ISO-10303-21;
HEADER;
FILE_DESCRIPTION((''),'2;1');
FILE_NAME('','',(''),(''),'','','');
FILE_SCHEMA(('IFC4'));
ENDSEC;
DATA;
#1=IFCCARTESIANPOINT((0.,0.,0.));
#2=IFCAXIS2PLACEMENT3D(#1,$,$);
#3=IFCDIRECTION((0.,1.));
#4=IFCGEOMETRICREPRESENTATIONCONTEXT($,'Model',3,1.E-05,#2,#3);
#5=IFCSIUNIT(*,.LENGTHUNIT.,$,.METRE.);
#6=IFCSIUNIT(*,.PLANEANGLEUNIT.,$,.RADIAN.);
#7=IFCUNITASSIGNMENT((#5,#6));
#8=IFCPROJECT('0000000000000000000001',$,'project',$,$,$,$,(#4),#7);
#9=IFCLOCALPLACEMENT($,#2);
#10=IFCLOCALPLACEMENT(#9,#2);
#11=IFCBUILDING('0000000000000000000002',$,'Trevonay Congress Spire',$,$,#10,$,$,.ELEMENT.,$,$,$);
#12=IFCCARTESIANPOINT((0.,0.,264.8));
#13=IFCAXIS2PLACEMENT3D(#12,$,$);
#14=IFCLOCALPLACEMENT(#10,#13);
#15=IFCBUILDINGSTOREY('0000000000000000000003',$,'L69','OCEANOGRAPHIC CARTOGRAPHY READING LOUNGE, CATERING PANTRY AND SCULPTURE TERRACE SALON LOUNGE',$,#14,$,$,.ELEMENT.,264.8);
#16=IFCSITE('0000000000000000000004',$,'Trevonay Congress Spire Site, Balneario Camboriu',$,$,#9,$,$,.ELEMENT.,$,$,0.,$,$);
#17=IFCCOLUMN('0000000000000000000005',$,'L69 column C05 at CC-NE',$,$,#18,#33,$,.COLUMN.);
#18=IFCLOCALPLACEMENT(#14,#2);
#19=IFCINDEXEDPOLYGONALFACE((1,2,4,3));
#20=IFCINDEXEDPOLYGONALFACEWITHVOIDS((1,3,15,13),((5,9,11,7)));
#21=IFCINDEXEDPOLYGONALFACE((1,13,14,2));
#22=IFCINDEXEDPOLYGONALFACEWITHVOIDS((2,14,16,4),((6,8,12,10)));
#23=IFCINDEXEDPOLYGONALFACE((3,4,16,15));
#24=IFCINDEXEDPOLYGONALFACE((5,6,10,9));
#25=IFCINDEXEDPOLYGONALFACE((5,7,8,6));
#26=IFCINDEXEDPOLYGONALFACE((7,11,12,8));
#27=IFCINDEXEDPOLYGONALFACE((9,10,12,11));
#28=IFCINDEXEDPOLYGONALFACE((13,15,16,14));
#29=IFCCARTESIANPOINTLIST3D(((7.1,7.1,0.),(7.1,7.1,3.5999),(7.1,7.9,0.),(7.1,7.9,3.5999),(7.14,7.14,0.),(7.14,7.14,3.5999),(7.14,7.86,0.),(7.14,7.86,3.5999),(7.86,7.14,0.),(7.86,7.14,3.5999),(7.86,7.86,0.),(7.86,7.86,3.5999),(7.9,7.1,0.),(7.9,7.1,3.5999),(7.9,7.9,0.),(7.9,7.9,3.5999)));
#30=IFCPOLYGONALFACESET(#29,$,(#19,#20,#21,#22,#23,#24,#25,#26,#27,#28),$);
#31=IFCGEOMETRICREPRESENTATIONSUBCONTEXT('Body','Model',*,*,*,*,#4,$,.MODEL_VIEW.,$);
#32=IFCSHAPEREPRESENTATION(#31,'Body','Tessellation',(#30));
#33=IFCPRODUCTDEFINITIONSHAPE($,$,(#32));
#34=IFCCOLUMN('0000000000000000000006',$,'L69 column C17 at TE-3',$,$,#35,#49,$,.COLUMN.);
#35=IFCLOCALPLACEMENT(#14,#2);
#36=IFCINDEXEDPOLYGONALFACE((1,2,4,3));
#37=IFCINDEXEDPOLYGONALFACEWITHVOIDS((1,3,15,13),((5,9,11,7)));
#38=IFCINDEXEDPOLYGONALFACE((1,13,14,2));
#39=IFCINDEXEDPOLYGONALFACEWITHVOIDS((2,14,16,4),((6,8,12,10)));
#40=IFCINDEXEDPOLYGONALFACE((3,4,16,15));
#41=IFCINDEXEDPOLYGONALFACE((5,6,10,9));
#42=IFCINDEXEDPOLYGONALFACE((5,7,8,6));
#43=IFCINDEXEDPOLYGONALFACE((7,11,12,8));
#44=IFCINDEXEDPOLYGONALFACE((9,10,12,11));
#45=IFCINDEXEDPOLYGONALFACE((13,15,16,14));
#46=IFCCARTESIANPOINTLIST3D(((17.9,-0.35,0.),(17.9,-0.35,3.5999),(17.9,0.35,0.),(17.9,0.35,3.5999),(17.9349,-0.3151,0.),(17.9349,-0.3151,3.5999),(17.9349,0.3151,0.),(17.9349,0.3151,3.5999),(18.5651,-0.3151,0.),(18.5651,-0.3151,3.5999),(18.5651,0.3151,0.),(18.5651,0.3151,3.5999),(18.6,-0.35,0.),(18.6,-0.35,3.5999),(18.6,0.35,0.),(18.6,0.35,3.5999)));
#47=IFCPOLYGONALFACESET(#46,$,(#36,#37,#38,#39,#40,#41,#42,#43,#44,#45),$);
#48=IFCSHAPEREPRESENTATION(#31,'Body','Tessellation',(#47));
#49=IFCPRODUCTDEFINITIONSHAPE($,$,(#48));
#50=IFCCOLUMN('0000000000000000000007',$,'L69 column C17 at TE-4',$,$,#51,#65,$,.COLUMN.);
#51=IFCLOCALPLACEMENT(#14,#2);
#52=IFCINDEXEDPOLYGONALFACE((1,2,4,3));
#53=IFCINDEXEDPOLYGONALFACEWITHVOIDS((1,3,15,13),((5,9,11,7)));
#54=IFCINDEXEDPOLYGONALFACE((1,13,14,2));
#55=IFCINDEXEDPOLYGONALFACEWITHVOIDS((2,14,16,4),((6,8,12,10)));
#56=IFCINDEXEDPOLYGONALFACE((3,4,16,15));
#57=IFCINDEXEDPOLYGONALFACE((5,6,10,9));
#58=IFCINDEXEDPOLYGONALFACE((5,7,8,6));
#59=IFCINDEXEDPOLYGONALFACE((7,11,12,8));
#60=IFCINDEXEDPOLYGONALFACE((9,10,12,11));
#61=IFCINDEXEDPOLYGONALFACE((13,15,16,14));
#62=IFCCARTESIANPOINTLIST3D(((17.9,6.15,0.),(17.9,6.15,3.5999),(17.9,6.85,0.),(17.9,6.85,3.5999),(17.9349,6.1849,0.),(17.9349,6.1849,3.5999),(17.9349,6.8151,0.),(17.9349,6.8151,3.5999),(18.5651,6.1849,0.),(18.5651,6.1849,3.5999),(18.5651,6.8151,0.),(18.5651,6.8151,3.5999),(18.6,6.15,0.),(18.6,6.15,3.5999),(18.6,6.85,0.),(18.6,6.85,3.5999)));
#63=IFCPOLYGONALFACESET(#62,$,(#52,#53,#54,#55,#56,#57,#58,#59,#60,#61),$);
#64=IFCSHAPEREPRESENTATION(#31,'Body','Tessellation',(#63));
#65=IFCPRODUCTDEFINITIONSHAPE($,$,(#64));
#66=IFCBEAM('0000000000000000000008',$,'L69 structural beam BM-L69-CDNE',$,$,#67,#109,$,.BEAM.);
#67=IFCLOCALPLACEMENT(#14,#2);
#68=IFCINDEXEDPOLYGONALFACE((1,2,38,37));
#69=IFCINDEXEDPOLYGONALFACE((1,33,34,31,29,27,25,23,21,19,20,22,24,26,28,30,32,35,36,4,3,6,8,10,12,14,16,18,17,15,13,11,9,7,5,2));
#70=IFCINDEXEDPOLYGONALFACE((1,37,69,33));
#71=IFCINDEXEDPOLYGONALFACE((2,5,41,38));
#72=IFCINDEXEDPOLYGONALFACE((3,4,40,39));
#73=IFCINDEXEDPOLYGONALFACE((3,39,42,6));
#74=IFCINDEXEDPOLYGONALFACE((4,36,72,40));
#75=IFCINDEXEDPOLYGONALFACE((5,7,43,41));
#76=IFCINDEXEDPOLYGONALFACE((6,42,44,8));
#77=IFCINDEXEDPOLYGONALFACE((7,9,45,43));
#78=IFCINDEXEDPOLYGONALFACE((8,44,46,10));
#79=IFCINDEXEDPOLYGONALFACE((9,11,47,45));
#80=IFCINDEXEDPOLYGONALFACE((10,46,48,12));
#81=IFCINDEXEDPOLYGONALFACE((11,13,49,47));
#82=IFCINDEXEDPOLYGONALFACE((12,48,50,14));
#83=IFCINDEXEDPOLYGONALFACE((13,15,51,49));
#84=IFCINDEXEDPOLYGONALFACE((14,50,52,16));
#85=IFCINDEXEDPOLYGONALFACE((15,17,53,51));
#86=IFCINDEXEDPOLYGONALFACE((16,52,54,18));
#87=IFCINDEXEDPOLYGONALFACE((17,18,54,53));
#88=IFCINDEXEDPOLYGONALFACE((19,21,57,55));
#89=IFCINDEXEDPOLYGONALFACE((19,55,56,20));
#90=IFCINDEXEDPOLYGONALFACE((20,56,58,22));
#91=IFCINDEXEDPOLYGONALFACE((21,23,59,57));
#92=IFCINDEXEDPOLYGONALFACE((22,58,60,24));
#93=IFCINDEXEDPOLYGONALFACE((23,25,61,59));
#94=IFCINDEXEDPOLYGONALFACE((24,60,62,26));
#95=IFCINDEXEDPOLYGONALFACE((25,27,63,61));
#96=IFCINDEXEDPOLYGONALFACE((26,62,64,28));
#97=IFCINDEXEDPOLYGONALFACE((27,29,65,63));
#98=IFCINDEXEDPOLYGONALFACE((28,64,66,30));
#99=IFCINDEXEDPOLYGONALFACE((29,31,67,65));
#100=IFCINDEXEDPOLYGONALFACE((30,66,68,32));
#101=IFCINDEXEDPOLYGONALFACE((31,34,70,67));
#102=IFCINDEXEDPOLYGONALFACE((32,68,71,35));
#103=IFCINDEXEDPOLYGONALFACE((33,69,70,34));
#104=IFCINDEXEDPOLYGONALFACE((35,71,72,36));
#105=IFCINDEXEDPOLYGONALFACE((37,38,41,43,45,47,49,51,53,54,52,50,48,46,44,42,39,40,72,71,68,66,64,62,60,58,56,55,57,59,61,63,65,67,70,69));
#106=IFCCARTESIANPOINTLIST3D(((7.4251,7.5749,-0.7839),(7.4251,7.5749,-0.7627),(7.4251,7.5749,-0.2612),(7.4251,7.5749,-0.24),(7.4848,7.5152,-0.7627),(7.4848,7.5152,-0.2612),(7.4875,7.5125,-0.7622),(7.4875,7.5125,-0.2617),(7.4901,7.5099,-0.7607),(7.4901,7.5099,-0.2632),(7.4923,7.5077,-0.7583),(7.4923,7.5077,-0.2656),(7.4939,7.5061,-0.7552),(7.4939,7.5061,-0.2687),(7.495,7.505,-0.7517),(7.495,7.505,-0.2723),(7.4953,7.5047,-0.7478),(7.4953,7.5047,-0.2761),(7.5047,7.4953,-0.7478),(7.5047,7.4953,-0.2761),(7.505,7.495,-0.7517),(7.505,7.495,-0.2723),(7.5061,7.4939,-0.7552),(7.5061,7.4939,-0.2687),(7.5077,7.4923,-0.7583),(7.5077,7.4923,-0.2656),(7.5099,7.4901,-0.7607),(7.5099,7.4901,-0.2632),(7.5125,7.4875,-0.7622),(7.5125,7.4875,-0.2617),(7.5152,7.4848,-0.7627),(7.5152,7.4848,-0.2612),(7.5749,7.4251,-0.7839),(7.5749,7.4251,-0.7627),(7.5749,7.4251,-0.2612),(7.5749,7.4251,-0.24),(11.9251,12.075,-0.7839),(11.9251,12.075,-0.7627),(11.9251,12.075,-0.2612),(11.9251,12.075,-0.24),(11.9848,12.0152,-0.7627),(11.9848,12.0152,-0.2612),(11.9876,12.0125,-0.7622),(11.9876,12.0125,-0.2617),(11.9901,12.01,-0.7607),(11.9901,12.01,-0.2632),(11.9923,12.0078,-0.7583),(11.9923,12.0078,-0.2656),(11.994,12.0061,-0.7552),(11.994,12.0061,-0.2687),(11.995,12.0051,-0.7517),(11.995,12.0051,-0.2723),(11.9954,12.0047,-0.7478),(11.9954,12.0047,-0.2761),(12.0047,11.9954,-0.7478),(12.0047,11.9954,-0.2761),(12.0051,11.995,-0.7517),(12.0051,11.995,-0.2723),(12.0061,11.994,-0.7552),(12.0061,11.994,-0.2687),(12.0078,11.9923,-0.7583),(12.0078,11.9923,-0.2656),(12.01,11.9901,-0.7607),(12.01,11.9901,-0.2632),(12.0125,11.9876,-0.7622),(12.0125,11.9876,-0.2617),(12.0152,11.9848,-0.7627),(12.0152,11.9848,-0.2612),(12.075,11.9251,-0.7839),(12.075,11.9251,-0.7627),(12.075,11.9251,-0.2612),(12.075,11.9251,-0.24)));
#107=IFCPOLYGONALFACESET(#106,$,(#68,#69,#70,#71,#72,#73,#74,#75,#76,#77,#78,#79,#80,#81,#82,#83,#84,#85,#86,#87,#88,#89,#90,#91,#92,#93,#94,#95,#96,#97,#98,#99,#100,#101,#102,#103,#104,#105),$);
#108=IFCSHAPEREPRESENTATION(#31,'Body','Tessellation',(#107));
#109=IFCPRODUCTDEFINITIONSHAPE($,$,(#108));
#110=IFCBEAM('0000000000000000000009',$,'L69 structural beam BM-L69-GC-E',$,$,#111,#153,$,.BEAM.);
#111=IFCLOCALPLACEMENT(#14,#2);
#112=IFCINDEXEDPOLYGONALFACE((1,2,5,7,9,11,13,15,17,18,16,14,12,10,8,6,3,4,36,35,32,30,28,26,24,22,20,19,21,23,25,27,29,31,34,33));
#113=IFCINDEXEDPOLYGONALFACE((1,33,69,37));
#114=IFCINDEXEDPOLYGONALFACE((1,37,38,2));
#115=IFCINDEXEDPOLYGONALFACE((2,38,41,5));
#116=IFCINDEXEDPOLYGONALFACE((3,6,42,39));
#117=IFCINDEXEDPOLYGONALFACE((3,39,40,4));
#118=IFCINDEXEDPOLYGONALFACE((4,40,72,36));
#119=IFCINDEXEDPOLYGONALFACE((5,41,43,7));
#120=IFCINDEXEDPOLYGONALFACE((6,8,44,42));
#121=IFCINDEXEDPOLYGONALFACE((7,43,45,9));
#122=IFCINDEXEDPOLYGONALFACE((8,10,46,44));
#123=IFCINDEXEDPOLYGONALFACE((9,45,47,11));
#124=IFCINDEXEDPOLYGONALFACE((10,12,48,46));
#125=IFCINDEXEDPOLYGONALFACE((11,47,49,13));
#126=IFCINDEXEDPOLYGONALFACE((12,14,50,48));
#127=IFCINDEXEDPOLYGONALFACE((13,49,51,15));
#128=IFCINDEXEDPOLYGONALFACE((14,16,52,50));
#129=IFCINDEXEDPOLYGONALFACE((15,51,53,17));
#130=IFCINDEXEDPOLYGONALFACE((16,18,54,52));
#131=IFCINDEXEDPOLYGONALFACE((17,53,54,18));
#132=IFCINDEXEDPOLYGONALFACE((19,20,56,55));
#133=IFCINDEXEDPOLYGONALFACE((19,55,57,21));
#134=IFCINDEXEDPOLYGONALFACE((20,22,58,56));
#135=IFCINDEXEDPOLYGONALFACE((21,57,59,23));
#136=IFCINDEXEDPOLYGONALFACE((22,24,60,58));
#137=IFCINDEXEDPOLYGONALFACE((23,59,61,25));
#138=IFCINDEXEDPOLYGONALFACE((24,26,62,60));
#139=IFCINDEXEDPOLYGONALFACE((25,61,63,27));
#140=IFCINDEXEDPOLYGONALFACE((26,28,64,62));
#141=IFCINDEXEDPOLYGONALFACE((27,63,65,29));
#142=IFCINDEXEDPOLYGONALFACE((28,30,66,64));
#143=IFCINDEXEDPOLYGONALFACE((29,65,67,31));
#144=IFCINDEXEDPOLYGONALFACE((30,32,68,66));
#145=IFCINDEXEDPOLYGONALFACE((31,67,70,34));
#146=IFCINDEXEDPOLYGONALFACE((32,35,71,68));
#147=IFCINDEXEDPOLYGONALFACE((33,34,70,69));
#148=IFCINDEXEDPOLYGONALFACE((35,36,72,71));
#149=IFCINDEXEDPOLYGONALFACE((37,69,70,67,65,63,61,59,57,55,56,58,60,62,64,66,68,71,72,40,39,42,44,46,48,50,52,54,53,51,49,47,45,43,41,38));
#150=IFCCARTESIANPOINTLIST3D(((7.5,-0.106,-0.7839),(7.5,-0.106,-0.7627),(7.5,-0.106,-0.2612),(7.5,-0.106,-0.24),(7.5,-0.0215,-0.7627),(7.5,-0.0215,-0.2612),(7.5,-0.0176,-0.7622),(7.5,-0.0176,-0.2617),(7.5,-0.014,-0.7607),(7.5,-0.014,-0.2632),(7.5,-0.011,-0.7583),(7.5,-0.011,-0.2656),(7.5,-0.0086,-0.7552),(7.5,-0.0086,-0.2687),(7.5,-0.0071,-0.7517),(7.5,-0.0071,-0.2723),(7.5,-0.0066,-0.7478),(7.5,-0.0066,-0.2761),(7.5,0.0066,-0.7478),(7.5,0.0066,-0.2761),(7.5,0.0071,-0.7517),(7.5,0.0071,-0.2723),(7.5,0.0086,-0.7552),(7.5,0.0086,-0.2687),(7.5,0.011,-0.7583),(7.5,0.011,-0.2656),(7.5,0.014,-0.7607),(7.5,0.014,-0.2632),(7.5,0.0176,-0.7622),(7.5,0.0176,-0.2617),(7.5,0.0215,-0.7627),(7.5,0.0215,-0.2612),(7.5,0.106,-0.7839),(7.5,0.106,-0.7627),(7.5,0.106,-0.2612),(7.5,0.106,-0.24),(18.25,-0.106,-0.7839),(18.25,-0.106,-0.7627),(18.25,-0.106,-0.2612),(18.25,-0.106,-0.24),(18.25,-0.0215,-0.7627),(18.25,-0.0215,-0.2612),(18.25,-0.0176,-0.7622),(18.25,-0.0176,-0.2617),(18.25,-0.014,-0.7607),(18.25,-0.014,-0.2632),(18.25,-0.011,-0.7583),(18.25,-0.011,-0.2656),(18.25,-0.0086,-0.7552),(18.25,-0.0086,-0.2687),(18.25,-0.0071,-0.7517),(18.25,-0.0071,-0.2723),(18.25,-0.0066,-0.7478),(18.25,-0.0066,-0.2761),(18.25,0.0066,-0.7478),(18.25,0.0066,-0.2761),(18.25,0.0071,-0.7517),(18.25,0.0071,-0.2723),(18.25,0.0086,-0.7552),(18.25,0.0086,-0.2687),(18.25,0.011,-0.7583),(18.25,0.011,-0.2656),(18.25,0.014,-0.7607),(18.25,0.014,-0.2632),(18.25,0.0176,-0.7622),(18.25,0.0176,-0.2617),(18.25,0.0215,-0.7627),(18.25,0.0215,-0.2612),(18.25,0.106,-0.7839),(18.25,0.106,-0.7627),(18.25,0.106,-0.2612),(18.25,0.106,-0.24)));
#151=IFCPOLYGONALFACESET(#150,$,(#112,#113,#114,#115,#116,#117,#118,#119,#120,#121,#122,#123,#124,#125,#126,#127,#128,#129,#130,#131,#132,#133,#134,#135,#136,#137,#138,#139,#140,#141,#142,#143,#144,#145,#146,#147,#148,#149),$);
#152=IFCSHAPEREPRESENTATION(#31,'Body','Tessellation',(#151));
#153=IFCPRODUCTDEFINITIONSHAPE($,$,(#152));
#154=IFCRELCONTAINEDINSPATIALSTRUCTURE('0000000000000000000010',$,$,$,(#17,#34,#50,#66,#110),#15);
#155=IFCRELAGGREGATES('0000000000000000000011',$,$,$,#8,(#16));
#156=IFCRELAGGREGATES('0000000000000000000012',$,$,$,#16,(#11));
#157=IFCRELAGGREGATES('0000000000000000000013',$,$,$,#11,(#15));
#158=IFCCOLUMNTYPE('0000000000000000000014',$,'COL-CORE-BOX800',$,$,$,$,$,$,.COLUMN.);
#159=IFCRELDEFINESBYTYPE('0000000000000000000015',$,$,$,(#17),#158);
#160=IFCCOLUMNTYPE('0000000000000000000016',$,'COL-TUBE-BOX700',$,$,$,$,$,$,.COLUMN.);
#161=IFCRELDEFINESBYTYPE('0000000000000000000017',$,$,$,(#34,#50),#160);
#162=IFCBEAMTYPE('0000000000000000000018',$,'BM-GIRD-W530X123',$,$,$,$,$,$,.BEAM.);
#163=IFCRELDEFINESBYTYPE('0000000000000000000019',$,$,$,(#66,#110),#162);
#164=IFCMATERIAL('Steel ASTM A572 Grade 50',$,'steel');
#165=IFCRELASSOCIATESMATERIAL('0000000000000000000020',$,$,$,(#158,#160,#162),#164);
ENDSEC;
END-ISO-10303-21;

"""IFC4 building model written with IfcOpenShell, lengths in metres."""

from ifc_helpers import new_model, si_unit, direction, frame, origin, origin_2d, place, context, subcontext, project, spatial, hollow_rectangle, i_section, extrude, material, material_profile, profile_set, type_object, element, save


model = new_model("IFC4")

# Units and contexts
model_context = context("Model", 3, precision=1e-05, world=origin(), true_north=direction((0.0, 1.0)))
body_context = subcontext(model_context, "Body", "Model", "MODEL_VIEW")
ifc_project = project(units=[si_unit("LENGTHUNIT", "METRE"), si_unit("PLANEANGLEUNIT", "RADIAN")], contexts=[model_context])

# Site, building, storey
site_placement = place(None, origin())
site = spatial("IfcSite", under=ifc_project, at=site_placement, Name="Trevonay Congress Spire Site, Balneario Camboriu", CompositionType="ELEMENT", RefElevation=0.0)
building_placement = place(site_placement, origin())
building = spatial("IfcBuilding", under=site, at=building_placement, Name="Trevonay Congress Spire", CompositionType="ELEMENT")
storey_placement = place(building_placement, frame((0.0, 0.0, 264.8)))
storey = spatial("IfcBuildingStorey", under=building, at=storey_placement, Name="L69", Description="OCEANOGRAPHIC CARTOGRAPHY READING LOUNGE, CATERING PANTRY AND SCULPTURE TERRACE SALON LOUNGE", CompositionType="ELEMENT", Elevation=264.8)

# Columns
ifc_material_1 = material(Name="Steel ASTM A572 Grade 50", Category="steel")
ifc_material_profile_1 = material_profile(ifc_material_1, hollow_rectangle(XDim=0.8, YDim=0.8, WallThickness=0.04, at=origin_2d()), Name="BOX 800x800x40")
ifc_profile_set_1 = profile_set([ifc_material_profile_1], Name="Steel ASTM A572 Grade 50")
column_type_1 = type_object("IfcColumnType", Name="COL-CORE-BOX800", PredefinedType="COLUMN", material=ifc_profile_set_1)
column_placement = place(storey_placement, frame((7.5, 7.5, 0.0), z_axis=(0.0, 0.0, 1.0), x_axis=(1.0, 0.0, 0.0)))
element("IfcColumn", 1, at=column_placement, inside=storey, type_object=column_type_1, Name="L69 column C05 at CC-NE", PredefinedType="COLUMN", context=body_context, shape_type="SweptSolid", body=[
    extrude(hollow_rectangle(XDim=0.8, YDim=0.8, WallThickness=0.04, at=origin_2d()), origin(), (0.0, 0.0, 1.0), 3.5999),
])
ifc_material_profile_2 = material_profile(ifc_material_1, hollow_rectangle(XDim=0.7, YDim=0.7, WallThickness=0.0349, at=origin_2d()), Name="BOX 700x700x35")
ifc_profile_set_2 = profile_set([ifc_material_profile_2], Name="Steel ASTM A572 Grade 50")
column_type_2 = type_object("IfcColumnType", Name="COL-TUBE-BOX700", PredefinedType="COLUMN", material=ifc_profile_set_2)
for number, where, z_axis, x_axis, name in (
    (2, (18.25, 0.0, 0.0), (0.0, 0.0, 1.0), (1.0, 0.0, 0.0), "L69 column C17 at TE-3"),
    (3, (18.25, 6.5, 0.0), (0.0, 0.0, 1.0), (1.0, 0.0, 0.0), "L69 column C17 at TE-4"),
):
    element("IfcColumn", number, at=place(storey_placement, frame(where, z_axis=z_axis, x_axis=x_axis)), inside=storey, type_object=column_type_2, Name=name, PredefinedType="COLUMN", context=body_context, shape_type="SweptSolid", body=[
        extrude(hollow_rectangle(XDim=0.7, YDim=0.7, WallThickness=0.0349, at=origin_2d()), origin(), (0.0, 0.0, 1.0), 3.5999),
    ])

# Beams
ifc_material_profile_3 = material_profile(ifc_material_1, i_section(OverallWidth=0.2119, OverallDepth=0.5439, WebThickness=0.0132, FlangeThickness=0.0212, FilletRadius=0.0149, at=origin_2d()), Name="W530x123")
ifc_profile_set_3 = profile_set([ifc_material_profile_3], Name="Steel ASTM A572 Grade 50")
beam_type_1 = type_object("IfcBeamType", Name="BM-GIRD-W530X123", PredefinedType="BEAM", material=ifc_profile_set_3)
beam_1_placement = place(storey_placement, frame((7.5, 7.5, -0.512), z_axis=(0.707107, 0.707107, 0.0), x_axis=(-0.707107, 0.707107, 0.0)))
element("IfcBeam", 4, at=beam_1_placement, inside=storey, type_object=beam_type_1, Name="L69 structural beam BM-L69-CDNE", PredefinedType="BEAM", context=body_context, shape_type="SweptSolid", body=[
    extrude(i_section(OverallWidth=0.2119, OverallDepth=0.5439, WebThickness=0.0132, FlangeThickness=0.0212, FilletRadius=0.0149, at=origin_2d()), origin(), (0.0, 0.0, 1.0), 6.364),
])
beam_2_placement = place(storey_placement, frame((7.5, 0.0, -0.512), z_axis=(1.0, 0.0, 0.0), x_axis=(0.0, 1.0, 0.0)))
element("IfcBeam", 5, at=beam_2_placement, inside=storey, type_object=beam_type_1, Name="L69 structural beam BM-L69-GC-E", PredefinedType="BEAM", context=body_context, shape_type="SweptSolid", body=[
    extrude(i_section(OverallWidth=0.2119, OverallDepth=0.5439, WebThickness=0.0132, FlangeThickness=0.0212, FilletRadius=0.0149, at=origin_2d()), origin(), (0.0, 0.0, 1.0), 10.75),
])

save(model, "model.ifc")
